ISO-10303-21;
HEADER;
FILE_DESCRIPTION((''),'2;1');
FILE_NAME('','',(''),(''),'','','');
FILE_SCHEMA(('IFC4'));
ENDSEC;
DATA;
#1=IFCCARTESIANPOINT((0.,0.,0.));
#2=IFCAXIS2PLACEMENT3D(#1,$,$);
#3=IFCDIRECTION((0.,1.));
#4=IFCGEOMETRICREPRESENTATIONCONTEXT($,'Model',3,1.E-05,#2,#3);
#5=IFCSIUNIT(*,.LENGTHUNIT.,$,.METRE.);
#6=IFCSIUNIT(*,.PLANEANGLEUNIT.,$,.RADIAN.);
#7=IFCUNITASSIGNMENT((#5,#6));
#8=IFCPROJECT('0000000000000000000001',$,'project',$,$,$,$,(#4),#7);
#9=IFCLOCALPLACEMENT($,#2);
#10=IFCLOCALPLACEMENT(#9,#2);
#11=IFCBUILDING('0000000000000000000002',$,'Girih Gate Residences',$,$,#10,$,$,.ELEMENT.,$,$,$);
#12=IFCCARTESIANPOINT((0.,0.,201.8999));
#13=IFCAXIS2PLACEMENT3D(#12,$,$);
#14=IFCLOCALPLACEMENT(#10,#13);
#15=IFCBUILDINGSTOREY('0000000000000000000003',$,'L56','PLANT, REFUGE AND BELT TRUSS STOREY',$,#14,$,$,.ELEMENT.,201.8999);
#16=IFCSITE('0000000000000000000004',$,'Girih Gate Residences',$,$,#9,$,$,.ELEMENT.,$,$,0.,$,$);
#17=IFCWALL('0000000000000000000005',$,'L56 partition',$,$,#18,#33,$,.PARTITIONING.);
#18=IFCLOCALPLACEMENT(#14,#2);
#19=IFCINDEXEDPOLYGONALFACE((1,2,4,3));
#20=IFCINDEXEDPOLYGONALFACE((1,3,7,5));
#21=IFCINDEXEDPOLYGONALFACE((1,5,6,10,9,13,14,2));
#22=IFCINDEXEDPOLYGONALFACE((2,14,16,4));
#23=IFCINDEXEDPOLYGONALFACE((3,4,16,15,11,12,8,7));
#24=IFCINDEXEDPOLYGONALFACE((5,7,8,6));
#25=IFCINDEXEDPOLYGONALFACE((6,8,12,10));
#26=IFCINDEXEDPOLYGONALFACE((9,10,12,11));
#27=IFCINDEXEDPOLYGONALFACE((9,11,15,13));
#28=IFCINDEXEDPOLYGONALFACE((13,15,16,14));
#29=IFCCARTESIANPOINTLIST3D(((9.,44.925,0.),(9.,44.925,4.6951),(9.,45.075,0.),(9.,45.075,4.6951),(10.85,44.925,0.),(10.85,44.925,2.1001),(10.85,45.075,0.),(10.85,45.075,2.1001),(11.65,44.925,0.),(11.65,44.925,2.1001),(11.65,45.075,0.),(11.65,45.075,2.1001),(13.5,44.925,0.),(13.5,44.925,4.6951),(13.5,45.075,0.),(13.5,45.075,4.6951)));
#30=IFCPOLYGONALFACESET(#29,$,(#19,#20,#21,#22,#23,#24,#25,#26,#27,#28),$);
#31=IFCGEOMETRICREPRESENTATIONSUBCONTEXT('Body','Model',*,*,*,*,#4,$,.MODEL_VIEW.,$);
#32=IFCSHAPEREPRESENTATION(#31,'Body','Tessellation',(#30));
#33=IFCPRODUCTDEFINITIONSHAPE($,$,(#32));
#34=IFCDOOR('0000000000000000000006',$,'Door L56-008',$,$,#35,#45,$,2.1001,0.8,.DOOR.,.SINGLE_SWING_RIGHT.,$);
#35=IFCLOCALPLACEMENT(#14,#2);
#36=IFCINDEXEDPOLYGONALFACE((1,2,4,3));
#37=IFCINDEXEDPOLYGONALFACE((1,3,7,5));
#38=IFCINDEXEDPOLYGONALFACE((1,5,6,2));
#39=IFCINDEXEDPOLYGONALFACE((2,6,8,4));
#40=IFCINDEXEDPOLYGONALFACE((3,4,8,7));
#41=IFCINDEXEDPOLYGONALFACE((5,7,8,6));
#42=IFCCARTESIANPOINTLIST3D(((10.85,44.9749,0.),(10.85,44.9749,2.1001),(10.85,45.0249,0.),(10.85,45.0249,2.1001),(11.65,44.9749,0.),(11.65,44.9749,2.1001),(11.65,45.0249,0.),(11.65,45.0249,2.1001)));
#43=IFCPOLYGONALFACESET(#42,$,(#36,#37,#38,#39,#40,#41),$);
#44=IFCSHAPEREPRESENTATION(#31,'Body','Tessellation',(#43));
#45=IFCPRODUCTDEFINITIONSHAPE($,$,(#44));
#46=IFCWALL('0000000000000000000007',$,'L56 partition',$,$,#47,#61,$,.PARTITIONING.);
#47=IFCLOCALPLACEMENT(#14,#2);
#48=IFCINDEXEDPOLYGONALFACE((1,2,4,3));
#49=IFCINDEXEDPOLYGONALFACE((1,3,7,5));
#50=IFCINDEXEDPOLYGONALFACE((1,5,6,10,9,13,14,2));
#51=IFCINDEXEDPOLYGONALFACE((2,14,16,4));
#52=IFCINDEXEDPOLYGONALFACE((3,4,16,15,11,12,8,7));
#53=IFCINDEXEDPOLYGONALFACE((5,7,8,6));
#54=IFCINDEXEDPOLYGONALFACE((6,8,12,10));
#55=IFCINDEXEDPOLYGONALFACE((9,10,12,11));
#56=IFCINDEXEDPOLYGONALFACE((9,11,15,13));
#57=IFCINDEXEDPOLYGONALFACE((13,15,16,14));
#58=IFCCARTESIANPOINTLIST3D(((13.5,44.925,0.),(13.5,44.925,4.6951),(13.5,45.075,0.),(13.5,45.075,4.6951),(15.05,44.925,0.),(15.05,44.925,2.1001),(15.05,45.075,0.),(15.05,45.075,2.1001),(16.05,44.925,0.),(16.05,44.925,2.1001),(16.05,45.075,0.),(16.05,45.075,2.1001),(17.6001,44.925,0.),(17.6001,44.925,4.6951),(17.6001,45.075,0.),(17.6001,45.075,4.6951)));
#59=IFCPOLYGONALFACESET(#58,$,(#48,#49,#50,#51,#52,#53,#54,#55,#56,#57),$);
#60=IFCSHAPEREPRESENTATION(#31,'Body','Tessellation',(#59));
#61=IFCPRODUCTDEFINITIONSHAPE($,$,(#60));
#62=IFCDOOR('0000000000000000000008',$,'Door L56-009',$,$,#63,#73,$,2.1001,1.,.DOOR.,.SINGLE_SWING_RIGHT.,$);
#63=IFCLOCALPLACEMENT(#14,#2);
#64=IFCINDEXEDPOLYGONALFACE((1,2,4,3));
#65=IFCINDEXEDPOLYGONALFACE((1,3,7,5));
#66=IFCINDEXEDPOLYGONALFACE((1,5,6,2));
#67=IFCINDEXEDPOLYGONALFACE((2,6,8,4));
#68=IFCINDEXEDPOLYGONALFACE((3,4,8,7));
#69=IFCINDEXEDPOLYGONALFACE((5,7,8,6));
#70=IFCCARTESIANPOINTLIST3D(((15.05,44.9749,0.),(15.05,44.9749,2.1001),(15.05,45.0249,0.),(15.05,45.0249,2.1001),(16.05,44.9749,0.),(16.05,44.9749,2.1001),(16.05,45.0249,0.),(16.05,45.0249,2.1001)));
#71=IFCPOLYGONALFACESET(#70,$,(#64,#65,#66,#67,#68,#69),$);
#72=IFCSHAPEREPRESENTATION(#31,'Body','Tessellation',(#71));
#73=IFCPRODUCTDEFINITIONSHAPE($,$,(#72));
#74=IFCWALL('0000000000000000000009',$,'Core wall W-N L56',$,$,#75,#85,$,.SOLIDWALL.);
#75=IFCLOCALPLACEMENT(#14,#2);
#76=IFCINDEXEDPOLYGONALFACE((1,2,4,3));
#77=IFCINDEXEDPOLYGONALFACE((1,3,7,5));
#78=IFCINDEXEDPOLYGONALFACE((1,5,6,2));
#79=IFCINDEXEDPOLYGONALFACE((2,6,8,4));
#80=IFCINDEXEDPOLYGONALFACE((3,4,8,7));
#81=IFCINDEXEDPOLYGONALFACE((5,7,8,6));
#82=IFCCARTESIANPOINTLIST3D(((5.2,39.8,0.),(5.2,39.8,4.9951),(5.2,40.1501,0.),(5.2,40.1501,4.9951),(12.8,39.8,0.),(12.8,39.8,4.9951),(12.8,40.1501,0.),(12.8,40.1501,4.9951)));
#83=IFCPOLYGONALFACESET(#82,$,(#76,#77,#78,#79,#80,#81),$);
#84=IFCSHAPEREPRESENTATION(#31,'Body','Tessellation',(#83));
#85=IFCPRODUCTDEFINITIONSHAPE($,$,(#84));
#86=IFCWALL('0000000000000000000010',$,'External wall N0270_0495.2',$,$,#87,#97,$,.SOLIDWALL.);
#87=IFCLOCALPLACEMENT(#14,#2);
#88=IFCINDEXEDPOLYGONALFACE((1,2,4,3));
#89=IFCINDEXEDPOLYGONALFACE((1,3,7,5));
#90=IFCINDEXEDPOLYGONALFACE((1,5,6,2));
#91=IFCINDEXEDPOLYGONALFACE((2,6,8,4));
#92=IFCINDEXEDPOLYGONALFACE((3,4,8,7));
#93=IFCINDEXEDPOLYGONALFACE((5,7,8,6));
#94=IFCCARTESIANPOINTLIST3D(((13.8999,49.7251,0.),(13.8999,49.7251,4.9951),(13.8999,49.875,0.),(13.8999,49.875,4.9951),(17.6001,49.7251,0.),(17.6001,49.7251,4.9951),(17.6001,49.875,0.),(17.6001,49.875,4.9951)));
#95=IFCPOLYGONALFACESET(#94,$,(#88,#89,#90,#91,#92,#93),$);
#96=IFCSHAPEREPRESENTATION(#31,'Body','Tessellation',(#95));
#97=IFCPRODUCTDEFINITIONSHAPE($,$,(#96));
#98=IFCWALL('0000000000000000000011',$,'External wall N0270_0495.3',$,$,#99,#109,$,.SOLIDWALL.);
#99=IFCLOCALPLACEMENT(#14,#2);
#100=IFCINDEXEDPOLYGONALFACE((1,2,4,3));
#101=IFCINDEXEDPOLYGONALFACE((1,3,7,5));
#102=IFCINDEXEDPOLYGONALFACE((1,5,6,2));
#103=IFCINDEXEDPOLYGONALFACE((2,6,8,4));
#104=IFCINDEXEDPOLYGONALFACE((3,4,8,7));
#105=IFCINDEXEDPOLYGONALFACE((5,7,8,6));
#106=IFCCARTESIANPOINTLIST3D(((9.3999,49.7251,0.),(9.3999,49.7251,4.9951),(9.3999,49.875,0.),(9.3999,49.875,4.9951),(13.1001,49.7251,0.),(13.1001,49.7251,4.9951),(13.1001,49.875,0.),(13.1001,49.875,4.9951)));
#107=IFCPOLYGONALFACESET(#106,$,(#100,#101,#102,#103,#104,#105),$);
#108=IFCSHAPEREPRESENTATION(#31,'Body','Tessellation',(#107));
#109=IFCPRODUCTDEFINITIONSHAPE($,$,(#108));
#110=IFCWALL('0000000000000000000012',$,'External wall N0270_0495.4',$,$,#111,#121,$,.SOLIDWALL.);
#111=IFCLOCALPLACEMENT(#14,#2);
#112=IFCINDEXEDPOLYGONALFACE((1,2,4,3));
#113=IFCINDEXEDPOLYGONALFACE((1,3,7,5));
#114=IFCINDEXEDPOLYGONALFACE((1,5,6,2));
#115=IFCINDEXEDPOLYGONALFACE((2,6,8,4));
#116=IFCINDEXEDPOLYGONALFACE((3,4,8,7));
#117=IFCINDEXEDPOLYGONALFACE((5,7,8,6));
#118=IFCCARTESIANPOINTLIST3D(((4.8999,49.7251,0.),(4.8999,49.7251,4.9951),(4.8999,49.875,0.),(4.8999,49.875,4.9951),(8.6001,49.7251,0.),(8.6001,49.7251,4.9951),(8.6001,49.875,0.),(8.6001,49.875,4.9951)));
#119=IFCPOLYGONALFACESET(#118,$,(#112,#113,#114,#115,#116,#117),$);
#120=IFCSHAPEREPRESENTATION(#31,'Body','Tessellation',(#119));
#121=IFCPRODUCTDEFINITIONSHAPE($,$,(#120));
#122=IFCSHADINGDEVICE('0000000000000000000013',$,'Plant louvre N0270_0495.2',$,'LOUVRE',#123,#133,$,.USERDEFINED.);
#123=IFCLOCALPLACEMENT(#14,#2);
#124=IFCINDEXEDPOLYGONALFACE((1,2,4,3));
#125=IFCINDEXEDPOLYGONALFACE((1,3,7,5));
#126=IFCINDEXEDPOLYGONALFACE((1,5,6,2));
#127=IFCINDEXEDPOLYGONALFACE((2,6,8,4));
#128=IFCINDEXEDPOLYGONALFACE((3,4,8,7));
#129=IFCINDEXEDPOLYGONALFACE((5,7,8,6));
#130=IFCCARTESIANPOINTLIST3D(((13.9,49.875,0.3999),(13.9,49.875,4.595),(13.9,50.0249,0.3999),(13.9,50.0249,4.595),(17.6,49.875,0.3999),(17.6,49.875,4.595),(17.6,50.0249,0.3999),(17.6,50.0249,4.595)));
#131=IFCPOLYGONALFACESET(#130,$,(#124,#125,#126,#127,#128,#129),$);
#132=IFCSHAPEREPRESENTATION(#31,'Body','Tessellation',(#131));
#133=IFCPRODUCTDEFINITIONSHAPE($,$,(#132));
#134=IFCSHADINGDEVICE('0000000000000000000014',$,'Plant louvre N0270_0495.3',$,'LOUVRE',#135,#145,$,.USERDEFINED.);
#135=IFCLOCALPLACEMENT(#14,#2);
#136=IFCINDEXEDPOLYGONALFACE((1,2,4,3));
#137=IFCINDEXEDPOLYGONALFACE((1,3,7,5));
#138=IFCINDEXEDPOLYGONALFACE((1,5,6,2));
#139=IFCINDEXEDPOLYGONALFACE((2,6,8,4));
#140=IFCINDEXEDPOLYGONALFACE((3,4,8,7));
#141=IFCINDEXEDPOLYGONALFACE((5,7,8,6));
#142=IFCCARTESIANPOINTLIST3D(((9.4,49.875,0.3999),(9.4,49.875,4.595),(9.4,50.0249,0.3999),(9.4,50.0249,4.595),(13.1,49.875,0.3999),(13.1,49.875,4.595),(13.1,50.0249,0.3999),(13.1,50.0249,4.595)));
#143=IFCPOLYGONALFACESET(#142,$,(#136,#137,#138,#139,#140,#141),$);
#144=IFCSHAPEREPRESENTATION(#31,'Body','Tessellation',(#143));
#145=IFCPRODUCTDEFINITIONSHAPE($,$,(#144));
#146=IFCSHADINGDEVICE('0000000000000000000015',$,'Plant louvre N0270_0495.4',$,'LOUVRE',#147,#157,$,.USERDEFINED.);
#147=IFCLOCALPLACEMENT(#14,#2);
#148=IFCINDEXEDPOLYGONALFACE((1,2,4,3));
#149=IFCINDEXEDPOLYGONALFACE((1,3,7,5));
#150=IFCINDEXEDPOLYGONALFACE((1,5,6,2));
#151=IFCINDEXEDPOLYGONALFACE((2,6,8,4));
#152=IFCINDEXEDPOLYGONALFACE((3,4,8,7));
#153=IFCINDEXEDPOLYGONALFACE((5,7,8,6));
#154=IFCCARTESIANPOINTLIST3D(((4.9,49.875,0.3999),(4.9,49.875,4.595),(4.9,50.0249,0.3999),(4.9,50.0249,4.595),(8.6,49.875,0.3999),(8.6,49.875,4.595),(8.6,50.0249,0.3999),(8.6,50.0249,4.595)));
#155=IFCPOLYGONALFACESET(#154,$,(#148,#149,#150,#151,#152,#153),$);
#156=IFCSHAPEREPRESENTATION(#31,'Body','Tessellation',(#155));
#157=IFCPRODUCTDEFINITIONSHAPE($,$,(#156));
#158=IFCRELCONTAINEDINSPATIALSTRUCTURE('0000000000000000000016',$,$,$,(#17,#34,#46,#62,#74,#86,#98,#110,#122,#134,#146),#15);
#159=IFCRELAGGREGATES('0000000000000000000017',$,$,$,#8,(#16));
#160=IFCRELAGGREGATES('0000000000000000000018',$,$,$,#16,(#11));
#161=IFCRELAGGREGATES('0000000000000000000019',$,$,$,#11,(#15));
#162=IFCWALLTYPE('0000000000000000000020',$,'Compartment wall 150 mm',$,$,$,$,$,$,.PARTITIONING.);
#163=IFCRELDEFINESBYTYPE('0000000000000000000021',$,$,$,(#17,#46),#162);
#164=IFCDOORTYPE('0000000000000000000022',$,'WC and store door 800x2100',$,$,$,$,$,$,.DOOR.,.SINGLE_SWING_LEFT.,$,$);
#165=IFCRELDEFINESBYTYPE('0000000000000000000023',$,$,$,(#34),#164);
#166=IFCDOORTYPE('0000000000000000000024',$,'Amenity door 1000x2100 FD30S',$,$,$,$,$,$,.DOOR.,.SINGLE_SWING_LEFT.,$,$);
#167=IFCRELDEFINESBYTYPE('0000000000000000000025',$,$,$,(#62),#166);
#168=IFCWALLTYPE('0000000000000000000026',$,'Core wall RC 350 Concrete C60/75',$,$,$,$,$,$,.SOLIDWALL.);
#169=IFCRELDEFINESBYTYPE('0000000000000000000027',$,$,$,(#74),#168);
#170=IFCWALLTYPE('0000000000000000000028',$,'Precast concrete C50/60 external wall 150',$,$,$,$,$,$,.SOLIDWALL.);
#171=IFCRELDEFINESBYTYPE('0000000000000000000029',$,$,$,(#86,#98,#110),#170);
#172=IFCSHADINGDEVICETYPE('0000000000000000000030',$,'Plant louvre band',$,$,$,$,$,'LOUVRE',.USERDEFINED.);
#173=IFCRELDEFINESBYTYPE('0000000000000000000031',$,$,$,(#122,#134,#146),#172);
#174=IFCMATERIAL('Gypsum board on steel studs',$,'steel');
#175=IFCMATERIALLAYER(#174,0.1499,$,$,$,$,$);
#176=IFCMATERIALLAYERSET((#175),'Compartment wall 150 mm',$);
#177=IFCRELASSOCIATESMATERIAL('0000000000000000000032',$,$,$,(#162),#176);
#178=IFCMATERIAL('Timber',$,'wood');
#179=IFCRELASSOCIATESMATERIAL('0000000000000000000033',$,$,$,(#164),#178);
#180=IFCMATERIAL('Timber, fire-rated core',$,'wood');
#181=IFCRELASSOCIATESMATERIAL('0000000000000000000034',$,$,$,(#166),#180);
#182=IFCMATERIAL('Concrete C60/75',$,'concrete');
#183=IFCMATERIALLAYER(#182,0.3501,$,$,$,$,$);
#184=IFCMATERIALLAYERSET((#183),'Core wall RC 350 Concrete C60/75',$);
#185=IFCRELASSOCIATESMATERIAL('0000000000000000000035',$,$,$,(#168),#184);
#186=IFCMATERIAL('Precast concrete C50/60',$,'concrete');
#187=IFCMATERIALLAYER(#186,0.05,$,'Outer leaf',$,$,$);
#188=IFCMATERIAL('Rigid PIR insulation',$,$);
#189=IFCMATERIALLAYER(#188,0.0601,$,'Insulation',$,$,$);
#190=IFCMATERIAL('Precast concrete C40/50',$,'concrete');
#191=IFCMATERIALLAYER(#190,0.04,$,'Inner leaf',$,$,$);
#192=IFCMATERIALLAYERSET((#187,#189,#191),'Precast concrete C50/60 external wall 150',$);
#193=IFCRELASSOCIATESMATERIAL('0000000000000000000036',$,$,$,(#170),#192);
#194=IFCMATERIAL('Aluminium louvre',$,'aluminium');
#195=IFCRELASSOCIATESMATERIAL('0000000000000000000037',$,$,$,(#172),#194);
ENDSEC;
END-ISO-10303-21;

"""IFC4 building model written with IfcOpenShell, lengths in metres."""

from ifc_helpers import new_model, si_unit, direction, frame, frame_2d, origin, origin_2d, place, context, subcontext, project, spatial, rectangle, extrude, material, layer, layer_set, type_object, element, fill, save


model = new_model("IFC4")

# Units and contexts
model_context = context("Model", 3, precision=1e-05, world=origin(), true_north=direction((0.0, 1.0)))
body_context = subcontext(model_context, "Body", "Model", "MODEL_VIEW")
ifc_project = project(units=[si_unit("LENGTHUNIT", "METRE"), si_unit("PLANEANGLEUNIT", "RADIAN")], contexts=[model_context])

# Site, building, storey
site_placement = place(None, origin())
site = spatial("IfcSite", under=ifc_project, at=site_placement, Name="Girih Gate Residences", CompositionType="ELEMENT", RefElevation=0.0)
building_placement = place(site_placement, origin())
building = spatial("IfcBuilding", under=site, at=building_placement, Name="Girih Gate Residences", CompositionType="ELEMENT")
storey_placement = place(building_placement, frame((0.0, 0.0, 201.8999)))
storey = spatial("IfcBuildingStorey", under=building, at=storey_placement, Name="L56", Description="PLANT, REFUGE AND BELT TRUSS STOREY", CompositionType="ELEMENT", Elevation=201.8999)

# Shared definitions
ifc_material_1 = material(Name="Concrete C60/75", Category="concrete")

# Shared definitions
ifc_material_2 = material(Name="Gypsum board on steel studs", Category="steel")
ifc_layer_1 = layer(ifc_material_2, 0.1499)
ifc_layer_set_1 = layer_set([ifc_layer_1], Name="Compartment wall 150 mm")
wall_type_1 = type_object("IfcWallType", Name="Compartment wall 150 mm", PredefinedType="PARTITIONING", material=ifc_layer_set_1)

# Walls, openings, doors
wall_1_placement = place(storey_placement, frame((9.0, 45.0, 0.0), z_axis=(0.0, 0.0, 1.0), x_axis=(1.0, 0.0, 0.0)))
wall_1 = element("IfcWall", 1, at=wall_1_placement, inside=storey, type_object=wall_type_1, Name="L56 partition", PredefinedType="PARTITIONING", context=body_context, shape_type="SweptSolid", body=[
    extrude(rectangle(XDim=4.5, YDim=0.1499, at=frame_2d((2.25, 0.0))), origin(), (0.0, 0.0, 1.0), 4.6951),
])
opening_1_placement = place(wall_1_placement, frame((1.8501, 0.0, 0.0)))
opening_1 = element("IfcOpeningElement", 2, at=opening_1_placement, cuts=wall_1, PredefinedType="OPENING", context=body_context, shape_type="SweptSolid", body=[
    extrude(rectangle(XDim=0.8, YDim=2.1001, at=frame_2d((0.3999, 1.05))), frame((0.0, 0.085, 0.0), z_axis=(0.0, -1.0, 0.0), x_axis=(1.0, 0.0, 0.0)), (0.0, 0.0, 1.0), 0.1699),
])
ifc_material_3 = material(Name="Timber", Category="wood")
door_type_1 = type_object("IfcDoorType", Name="WC and store door 800x2100", OperationType="SINGLE_SWING_LEFT", PredefinedType="DOOR", material=ifc_material_3)
door_1_placement = place(opening_1_placement, origin())
door_1 = element("IfcDoor", 3, at=door_1_placement, inside=storey, type_object=door_type_1, Name="Door L56-008", OperationType="SINGLE_SWING_RIGHT", OverallHeight=2.1001, OverallWidth=0.8, PredefinedType="DOOR", context=body_context, shape_type="SweptSolid", body=[
    extrude(rectangle(XDim=0.8, YDim=2.1001, at=frame_2d((0.3999, 1.05))), frame((0.0, 0.0249, 0.0), z_axis=(0.0, -1.0, 0.0), x_axis=(1.0, 0.0, 0.0)), (0.0, 0.0, 1.0), 0.05),
])
fill(opening_1, door_1)
wall_2_placement = place(storey_placement, frame((13.5, 45.0, 0.0), z_axis=(0.0, 0.0, 1.0), x_axis=(1.0, 0.0, 0.0)))
wall_2 = element("IfcWall", 4, at=wall_2_placement, inside=storey, type_object=wall_type_1, Name="L56 partition", PredefinedType="PARTITIONING", context=body_context, shape_type="SweptSolid", body=[
    extrude(rectangle(XDim=4.1001, YDim=0.1499, at=frame_2d((2.05, 0.0))), origin(), (0.0, 0.0, 1.0), 4.6951),
])
opening_2_placement = place(wall_2_placement, frame((1.55, 0.0, 0.0)))
opening_2 = element("IfcOpeningElement", 5, at=opening_2_placement, cuts=wall_2, PredefinedType="OPENING", context=body_context, shape_type="SweptSolid", body=[
    extrude(rectangle(XDim=1.0, YDim=2.1001, at=frame_2d((0.5, 1.05))), frame((0.0, 0.085, 0.0), z_axis=(0.0, -1.0, 0.0), x_axis=(1.0, 0.0, 0.0)), (0.0, 0.0, 1.0), 0.1699),
])
ifc_material_4 = material(Name="Timber, fire-rated core", Category="wood")
door_type_2 = type_object("IfcDoorType", Name="Amenity door 1000x2100 FD30S", OperationType="SINGLE_SWING_LEFT", PredefinedType="DOOR", material=ifc_material_4)
door_2_placement = place(opening_2_placement, origin())
door_2 = element("IfcDoor", 6, at=door_2_placement, inside=storey, type_object=door_type_2, Name="Door L56-009", OperationType="SINGLE_SWING_RIGHT", OverallHeight=2.1001, OverallWidth=1.0, PredefinedType="DOOR", context=body_context, shape_type="SweptSolid", body=[
    extrude(rectangle(XDim=1.0, YDim=2.1001, at=frame_2d((0.5, 1.05))), frame((0.0, 0.0249, 0.0), z_axis=(0.0, -1.0, 0.0), x_axis=(1.0, 0.0, 0.0)), (0.0, 0.0, 1.0), 0.05),
])
fill(opening_2, door_2)

# Walls
ifc_layer_2 = layer(ifc_material_1, 0.3501)
ifc_layer_set_2 = layer_set([ifc_layer_2], Name="Core wall RC 350 Concrete C60/75")
wall_type_2 = type_object("IfcWallType", Name="Core wall RC 350 Concrete C60/75", PredefinedType="SOLIDWALL", material=ifc_layer_set_2)
wall_3_placement = place(storey_placement, frame((5.2, 39.9751, 0.0), z_axis=(0.0, 0.0, 1.0), x_axis=(1.0, 0.0, 0.0)))
element("IfcWall", 7, at=wall_3_placement, inside=storey, type_object=wall_type_2, Name="Core wall W-N L56", PredefinedType="SOLIDWALL", context=body_context, shape_type="SweptSolid", body=[
    extrude(rectangle(XDim=7.6001, YDim=0.3501, at=frame_2d((3.8, 0.0))), origin(), (0.0, 0.0, 1.0), 4.9951),
])
ifc_material_5 = material(Name="Precast concrete C50/60", Category="concrete")
ifc_layer_3 = layer(ifc_material_5, 0.05, Name="Outer leaf")
ifc_material_6 = material(Name="Rigid PIR insulation")
ifc_layer_4 = layer(ifc_material_6, 0.0601, Name="Insulation")
ifc_material_7 = material(Name="Precast concrete C40/50", Category="concrete")
ifc_layer_5 = layer(ifc_material_7, 0.04, Name="Inner leaf")
ifc_layer_set_3 = layer_set([ifc_layer_3, ifc_layer_4, ifc_layer_5], Name="Precast concrete C50/60 external wall 150")
wall_type_3 = type_object("IfcWallType", Name="Precast concrete C50/60 external wall 150", PredefinedType="SOLIDWALL", material=ifc_layer_set_3)
for number, where, z_axis, x_axis, name in (
    (8, (13.8999, 49.8, 0.0), (0.0, 0.0, 1.0), (1.0, 0.0, 0.0), "External wall N0270_0495.2"),
    (9, (9.3999, 49.8, 0.0), (0.0, 0.0, 1.0), (1.0, 0.0, 0.0), "External wall N0270_0495.3"),
    (10, (4.8999, 49.8, 0.0), (0.0, 0.0, 1.0), (1.0, 0.0, 0.0), "External wall N0270_0495.4"),
):
    element("IfcWall", number, at=place(storey_placement, frame(where, z_axis=z_axis, x_axis=x_axis)), inside=storey, type_object=wall_type_3, Name=name, PredefinedType="SOLIDWALL", context=body_context, shape_type="SweptSolid", body=[
        extrude(rectangle(XDim=3.7002, YDim=0.1499, at=frame_2d((1.8501, 0.0))), origin(), (0.0, 0.0, 1.0), 4.9951),
    ])

# Shading devices
ifc_material_8 = material(Name="Aluminium louvre", Category="aluminium")
shading_device_type = type_object("IfcShadingDeviceType", Name="Plant louvre band", ElementType="LOUVRE", PredefinedType="USERDEFINED", material=ifc_material_8)
for number, where, z_axis, x_axis, name in (
    (11, (15.75, 49.95, 0.3999), (0.0, 0.0, 1.0), (-1.0, 0.0, 0.0), "Plant louvre N0270_0495.2"),
    (12, (11.25, 49.95, 0.3999), (0.0, 0.0, 1.0), (-1.0, 0.0, 0.0), "Plant louvre N0270_0495.3"),
    (13, (6.75, 49.95, 0.3999), (0.0, 0.0, 1.0), (-1.0, 0.0, 0.0), "Plant louvre N0270_0495.4"),
):
    element("IfcShadingDevice", number, at=place(storey_placement, frame(where, z_axis=z_axis, x_axis=x_axis)), inside=storey, type_object=shading_device_type, Name=name, ObjectType="LOUVRE", PredefinedType="USERDEFINED", context=body_context, shape_type="SweptSolid", body=[
        extrude(rectangle(XDim=3.7, YDim=0.1499, at=origin_2d()), origin(), (0.0, 0.0, 1.0), 4.1951),
    ])

save(model, "model.ifc")
